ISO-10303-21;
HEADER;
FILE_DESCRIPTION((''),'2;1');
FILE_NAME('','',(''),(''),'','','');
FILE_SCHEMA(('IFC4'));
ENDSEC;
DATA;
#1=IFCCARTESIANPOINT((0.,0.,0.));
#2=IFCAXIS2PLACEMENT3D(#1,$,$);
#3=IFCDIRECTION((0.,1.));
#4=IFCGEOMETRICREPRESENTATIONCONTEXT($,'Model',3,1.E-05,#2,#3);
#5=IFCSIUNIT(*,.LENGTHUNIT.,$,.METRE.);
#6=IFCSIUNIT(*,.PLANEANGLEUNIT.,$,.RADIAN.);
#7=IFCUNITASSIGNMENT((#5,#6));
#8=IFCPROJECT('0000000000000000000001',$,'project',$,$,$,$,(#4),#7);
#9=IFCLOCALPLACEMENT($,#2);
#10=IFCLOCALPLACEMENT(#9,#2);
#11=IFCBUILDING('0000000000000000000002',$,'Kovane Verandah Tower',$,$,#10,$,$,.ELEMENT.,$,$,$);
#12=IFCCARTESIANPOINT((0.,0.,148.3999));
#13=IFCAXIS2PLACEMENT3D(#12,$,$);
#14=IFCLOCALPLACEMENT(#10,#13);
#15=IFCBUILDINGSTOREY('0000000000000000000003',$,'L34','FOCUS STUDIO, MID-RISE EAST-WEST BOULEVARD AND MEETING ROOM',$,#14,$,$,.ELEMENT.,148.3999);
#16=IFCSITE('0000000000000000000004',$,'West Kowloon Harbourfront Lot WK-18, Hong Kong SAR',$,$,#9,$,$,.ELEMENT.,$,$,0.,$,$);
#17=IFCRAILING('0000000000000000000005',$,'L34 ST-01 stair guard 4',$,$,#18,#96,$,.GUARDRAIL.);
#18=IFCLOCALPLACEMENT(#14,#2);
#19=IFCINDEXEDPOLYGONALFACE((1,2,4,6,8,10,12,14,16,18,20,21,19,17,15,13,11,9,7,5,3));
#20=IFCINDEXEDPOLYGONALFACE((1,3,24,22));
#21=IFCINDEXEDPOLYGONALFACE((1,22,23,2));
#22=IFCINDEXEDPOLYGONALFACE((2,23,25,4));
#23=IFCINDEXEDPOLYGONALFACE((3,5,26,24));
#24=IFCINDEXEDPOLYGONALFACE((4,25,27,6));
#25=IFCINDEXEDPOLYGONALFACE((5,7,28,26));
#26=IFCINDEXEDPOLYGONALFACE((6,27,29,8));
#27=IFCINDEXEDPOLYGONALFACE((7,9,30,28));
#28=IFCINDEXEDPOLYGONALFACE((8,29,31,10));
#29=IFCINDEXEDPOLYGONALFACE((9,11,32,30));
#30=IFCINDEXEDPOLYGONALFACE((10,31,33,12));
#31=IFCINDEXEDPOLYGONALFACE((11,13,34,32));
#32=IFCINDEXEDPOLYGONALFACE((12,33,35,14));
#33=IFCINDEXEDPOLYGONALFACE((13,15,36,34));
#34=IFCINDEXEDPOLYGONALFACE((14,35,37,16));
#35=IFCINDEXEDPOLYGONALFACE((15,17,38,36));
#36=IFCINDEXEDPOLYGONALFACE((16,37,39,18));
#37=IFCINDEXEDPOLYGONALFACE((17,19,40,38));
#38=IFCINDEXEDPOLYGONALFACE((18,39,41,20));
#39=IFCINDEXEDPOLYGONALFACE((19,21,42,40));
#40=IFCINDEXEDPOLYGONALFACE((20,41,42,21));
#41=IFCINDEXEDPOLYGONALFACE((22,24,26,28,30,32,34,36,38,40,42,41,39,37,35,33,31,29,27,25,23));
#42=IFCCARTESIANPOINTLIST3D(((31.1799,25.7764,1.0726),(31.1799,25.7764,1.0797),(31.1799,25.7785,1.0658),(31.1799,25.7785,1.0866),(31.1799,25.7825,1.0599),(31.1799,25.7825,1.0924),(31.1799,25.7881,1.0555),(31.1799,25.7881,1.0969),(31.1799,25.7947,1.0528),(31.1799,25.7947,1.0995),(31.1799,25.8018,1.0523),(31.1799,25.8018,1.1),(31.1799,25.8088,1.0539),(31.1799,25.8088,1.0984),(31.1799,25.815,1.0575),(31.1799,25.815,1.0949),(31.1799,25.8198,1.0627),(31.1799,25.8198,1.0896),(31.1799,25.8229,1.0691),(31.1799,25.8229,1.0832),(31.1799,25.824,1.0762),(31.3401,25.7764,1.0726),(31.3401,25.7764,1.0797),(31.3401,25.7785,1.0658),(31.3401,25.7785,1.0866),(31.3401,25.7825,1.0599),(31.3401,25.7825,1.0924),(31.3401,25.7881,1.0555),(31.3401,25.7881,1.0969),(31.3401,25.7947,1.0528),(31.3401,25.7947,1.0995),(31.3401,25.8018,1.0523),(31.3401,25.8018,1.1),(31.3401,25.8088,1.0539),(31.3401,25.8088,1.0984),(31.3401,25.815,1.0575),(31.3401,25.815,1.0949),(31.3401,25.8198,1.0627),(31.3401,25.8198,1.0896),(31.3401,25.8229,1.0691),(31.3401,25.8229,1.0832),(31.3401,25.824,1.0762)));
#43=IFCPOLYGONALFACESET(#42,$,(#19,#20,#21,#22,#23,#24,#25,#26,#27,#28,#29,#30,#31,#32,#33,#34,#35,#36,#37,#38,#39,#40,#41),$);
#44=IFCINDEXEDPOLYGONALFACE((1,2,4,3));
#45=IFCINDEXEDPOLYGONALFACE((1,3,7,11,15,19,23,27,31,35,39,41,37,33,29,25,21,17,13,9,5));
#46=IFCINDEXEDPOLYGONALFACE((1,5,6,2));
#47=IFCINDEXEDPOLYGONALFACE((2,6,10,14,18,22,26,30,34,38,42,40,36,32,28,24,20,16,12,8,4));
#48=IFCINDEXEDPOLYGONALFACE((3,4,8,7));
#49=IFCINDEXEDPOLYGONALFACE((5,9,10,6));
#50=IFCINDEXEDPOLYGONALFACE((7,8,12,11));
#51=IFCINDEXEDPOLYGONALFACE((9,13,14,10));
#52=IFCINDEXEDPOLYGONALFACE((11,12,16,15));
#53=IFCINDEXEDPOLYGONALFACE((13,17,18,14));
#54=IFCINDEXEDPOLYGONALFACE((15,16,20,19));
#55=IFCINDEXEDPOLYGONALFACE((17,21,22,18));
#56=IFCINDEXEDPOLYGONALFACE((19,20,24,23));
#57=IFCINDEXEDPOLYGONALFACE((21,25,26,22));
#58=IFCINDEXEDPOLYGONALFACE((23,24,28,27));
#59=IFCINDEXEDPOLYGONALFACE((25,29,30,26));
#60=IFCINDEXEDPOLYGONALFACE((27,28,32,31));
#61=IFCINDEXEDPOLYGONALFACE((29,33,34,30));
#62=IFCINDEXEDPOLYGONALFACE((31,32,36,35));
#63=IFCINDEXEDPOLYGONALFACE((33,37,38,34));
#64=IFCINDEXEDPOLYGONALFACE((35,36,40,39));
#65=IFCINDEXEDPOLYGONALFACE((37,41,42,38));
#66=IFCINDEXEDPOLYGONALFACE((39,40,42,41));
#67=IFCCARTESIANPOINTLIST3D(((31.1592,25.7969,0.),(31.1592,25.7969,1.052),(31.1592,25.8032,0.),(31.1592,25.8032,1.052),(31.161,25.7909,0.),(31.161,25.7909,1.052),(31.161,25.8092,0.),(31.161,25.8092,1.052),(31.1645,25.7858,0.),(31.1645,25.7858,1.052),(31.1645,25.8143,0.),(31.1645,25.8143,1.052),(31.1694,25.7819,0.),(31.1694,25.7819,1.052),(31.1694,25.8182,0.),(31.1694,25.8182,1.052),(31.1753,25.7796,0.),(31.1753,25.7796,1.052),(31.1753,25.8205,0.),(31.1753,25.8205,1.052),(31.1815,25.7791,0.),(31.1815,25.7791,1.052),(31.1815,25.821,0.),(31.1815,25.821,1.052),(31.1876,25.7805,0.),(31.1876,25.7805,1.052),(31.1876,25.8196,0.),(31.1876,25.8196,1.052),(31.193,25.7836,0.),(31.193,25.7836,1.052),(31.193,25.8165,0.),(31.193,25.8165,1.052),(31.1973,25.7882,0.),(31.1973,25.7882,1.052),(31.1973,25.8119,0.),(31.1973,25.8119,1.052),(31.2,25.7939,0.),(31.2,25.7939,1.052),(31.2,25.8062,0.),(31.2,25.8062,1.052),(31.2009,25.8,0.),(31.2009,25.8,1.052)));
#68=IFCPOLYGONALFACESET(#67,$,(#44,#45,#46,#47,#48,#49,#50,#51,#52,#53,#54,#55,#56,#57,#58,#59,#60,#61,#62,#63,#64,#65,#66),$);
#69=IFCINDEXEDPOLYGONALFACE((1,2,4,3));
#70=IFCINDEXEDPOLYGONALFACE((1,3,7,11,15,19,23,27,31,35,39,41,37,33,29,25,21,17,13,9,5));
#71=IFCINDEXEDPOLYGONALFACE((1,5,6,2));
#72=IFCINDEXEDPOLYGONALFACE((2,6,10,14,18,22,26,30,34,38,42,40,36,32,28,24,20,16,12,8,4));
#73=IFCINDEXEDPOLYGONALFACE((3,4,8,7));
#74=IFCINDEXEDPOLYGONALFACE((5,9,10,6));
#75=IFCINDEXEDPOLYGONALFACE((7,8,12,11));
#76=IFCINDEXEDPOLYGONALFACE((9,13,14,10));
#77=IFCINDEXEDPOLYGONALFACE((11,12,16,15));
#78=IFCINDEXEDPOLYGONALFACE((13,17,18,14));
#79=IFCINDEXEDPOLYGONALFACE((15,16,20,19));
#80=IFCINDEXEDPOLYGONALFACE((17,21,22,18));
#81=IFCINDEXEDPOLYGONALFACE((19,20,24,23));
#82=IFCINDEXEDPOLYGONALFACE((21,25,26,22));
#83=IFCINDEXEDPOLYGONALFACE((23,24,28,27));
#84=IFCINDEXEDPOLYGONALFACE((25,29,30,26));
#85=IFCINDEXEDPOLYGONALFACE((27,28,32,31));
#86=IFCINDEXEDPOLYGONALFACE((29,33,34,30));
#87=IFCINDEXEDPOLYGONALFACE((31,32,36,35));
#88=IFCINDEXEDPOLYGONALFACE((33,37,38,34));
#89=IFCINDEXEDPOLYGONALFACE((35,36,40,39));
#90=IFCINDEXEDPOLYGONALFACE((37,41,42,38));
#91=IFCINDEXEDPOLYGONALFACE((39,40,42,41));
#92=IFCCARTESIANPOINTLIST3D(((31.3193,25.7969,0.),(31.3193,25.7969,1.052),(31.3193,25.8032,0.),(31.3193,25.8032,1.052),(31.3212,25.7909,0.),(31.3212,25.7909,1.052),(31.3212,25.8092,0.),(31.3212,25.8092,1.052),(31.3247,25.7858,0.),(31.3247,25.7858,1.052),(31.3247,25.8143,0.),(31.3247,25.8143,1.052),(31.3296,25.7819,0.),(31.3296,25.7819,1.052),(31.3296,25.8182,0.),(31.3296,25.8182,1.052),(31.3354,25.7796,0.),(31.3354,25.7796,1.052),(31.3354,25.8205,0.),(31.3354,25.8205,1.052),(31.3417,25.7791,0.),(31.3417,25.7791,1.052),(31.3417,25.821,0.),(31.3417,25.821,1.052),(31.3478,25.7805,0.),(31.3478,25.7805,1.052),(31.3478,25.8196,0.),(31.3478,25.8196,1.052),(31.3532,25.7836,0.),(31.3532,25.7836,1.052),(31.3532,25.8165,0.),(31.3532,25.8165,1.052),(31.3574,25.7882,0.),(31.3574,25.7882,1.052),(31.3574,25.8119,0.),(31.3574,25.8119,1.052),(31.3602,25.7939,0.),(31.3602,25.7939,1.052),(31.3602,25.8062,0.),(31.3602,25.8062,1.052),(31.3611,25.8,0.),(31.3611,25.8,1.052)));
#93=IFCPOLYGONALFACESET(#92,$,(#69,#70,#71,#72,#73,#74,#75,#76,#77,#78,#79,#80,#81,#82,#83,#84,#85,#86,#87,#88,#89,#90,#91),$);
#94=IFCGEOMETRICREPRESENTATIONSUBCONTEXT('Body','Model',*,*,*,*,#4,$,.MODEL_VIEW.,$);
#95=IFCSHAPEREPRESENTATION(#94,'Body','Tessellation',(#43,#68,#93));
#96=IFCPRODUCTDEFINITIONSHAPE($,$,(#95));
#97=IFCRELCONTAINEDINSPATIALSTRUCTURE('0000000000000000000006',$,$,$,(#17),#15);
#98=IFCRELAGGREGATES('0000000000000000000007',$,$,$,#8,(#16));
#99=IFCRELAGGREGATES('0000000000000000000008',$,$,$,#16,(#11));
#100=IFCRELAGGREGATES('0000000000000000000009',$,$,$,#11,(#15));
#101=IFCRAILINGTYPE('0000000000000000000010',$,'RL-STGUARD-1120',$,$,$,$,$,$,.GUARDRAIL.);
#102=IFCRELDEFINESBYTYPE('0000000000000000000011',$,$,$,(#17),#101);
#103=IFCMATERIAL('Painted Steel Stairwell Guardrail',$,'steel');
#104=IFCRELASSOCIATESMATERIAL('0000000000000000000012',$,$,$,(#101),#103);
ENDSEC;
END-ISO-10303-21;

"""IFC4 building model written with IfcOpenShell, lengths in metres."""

from ifc_helpers import new_model, si_unit, direction, frame, origin, origin_2d, place, context, subcontext, project, spatial, circle, extrude, material, type_object, element, save


model = new_model("IFC4")

# Units and contexts
model_context = context("Model", 3, precision=1e-05, world=origin(), true_north=direction((0.0, 1.0)))
body_context = subcontext(model_context, "Body", "Model", "MODEL_VIEW")
ifc_project = project(units=[si_unit("LENGTHUNIT", "METRE"), si_unit("PLANEANGLEUNIT", "RADIAN")], contexts=[model_context])

# Site, building, storey
site_placement = place(None, origin())
site = spatial("IfcSite", under=ifc_project, at=site_placement, Name="West Kowloon Harbourfront Lot WK-18, Hong Kong SAR", CompositionType="ELEMENT", RefElevation=0.0)
building_placement = place(site_placement, origin())
building = spatial("IfcBuilding", under=site, at=building_placement, Name="Kovane Verandah Tower", CompositionType="ELEMENT")
storey_placement = place(building_placement, frame((0.0, 0.0, 148.3999)))
storey = spatial("IfcBuildingStorey", under=building, at=storey_placement, Name="L34", Description="FOCUS STUDIO, MID-RISE EAST-WEST BOULEVARD AND MEETING ROOM", CompositionType="ELEMENT", Elevation=148.3999)

# Railing
ifc_material_1 = material(Name="Painted Steel Stairwell Guardrail", Category="steel")
railing_type_1 = type_object("IfcRailingType", Name="RL-STGUARD-1120", PredefinedType="GUARDRAIL", material=ifc_material_1)
railing_1_placement = place(storey_placement, frame((31.1799, 25.8, 0.0)))
element("IfcRailing", 1, at=railing_1_placement, inside=storey, type_object=railing_type_1, Name="L34 ST-01 stair guard 4", PredefinedType="GUARDRAIL", context=body_context, shape_type="SweptSolid", body=[
    extrude(circle(Radius=0.0239, at=origin_2d()), frame((0.0, 0.0, 1.0762), z_axis=(1.0, 0.0, 0.0), x_axis=(0.0, 1.0, 0.0)), (0.0, 0.0, 1.0), 0.1602),
    extrude(circle(Radius=0.021, at=origin_2d()), origin(), (0.0, 0.0, 1.0), 1.052),
    extrude(circle(Radius=0.021, at=origin_2d()), frame((0.1602, 0.0, 0.0)), (0.0, 0.0, 1.0), 1.052),
])

save(model, "model.ifc")
